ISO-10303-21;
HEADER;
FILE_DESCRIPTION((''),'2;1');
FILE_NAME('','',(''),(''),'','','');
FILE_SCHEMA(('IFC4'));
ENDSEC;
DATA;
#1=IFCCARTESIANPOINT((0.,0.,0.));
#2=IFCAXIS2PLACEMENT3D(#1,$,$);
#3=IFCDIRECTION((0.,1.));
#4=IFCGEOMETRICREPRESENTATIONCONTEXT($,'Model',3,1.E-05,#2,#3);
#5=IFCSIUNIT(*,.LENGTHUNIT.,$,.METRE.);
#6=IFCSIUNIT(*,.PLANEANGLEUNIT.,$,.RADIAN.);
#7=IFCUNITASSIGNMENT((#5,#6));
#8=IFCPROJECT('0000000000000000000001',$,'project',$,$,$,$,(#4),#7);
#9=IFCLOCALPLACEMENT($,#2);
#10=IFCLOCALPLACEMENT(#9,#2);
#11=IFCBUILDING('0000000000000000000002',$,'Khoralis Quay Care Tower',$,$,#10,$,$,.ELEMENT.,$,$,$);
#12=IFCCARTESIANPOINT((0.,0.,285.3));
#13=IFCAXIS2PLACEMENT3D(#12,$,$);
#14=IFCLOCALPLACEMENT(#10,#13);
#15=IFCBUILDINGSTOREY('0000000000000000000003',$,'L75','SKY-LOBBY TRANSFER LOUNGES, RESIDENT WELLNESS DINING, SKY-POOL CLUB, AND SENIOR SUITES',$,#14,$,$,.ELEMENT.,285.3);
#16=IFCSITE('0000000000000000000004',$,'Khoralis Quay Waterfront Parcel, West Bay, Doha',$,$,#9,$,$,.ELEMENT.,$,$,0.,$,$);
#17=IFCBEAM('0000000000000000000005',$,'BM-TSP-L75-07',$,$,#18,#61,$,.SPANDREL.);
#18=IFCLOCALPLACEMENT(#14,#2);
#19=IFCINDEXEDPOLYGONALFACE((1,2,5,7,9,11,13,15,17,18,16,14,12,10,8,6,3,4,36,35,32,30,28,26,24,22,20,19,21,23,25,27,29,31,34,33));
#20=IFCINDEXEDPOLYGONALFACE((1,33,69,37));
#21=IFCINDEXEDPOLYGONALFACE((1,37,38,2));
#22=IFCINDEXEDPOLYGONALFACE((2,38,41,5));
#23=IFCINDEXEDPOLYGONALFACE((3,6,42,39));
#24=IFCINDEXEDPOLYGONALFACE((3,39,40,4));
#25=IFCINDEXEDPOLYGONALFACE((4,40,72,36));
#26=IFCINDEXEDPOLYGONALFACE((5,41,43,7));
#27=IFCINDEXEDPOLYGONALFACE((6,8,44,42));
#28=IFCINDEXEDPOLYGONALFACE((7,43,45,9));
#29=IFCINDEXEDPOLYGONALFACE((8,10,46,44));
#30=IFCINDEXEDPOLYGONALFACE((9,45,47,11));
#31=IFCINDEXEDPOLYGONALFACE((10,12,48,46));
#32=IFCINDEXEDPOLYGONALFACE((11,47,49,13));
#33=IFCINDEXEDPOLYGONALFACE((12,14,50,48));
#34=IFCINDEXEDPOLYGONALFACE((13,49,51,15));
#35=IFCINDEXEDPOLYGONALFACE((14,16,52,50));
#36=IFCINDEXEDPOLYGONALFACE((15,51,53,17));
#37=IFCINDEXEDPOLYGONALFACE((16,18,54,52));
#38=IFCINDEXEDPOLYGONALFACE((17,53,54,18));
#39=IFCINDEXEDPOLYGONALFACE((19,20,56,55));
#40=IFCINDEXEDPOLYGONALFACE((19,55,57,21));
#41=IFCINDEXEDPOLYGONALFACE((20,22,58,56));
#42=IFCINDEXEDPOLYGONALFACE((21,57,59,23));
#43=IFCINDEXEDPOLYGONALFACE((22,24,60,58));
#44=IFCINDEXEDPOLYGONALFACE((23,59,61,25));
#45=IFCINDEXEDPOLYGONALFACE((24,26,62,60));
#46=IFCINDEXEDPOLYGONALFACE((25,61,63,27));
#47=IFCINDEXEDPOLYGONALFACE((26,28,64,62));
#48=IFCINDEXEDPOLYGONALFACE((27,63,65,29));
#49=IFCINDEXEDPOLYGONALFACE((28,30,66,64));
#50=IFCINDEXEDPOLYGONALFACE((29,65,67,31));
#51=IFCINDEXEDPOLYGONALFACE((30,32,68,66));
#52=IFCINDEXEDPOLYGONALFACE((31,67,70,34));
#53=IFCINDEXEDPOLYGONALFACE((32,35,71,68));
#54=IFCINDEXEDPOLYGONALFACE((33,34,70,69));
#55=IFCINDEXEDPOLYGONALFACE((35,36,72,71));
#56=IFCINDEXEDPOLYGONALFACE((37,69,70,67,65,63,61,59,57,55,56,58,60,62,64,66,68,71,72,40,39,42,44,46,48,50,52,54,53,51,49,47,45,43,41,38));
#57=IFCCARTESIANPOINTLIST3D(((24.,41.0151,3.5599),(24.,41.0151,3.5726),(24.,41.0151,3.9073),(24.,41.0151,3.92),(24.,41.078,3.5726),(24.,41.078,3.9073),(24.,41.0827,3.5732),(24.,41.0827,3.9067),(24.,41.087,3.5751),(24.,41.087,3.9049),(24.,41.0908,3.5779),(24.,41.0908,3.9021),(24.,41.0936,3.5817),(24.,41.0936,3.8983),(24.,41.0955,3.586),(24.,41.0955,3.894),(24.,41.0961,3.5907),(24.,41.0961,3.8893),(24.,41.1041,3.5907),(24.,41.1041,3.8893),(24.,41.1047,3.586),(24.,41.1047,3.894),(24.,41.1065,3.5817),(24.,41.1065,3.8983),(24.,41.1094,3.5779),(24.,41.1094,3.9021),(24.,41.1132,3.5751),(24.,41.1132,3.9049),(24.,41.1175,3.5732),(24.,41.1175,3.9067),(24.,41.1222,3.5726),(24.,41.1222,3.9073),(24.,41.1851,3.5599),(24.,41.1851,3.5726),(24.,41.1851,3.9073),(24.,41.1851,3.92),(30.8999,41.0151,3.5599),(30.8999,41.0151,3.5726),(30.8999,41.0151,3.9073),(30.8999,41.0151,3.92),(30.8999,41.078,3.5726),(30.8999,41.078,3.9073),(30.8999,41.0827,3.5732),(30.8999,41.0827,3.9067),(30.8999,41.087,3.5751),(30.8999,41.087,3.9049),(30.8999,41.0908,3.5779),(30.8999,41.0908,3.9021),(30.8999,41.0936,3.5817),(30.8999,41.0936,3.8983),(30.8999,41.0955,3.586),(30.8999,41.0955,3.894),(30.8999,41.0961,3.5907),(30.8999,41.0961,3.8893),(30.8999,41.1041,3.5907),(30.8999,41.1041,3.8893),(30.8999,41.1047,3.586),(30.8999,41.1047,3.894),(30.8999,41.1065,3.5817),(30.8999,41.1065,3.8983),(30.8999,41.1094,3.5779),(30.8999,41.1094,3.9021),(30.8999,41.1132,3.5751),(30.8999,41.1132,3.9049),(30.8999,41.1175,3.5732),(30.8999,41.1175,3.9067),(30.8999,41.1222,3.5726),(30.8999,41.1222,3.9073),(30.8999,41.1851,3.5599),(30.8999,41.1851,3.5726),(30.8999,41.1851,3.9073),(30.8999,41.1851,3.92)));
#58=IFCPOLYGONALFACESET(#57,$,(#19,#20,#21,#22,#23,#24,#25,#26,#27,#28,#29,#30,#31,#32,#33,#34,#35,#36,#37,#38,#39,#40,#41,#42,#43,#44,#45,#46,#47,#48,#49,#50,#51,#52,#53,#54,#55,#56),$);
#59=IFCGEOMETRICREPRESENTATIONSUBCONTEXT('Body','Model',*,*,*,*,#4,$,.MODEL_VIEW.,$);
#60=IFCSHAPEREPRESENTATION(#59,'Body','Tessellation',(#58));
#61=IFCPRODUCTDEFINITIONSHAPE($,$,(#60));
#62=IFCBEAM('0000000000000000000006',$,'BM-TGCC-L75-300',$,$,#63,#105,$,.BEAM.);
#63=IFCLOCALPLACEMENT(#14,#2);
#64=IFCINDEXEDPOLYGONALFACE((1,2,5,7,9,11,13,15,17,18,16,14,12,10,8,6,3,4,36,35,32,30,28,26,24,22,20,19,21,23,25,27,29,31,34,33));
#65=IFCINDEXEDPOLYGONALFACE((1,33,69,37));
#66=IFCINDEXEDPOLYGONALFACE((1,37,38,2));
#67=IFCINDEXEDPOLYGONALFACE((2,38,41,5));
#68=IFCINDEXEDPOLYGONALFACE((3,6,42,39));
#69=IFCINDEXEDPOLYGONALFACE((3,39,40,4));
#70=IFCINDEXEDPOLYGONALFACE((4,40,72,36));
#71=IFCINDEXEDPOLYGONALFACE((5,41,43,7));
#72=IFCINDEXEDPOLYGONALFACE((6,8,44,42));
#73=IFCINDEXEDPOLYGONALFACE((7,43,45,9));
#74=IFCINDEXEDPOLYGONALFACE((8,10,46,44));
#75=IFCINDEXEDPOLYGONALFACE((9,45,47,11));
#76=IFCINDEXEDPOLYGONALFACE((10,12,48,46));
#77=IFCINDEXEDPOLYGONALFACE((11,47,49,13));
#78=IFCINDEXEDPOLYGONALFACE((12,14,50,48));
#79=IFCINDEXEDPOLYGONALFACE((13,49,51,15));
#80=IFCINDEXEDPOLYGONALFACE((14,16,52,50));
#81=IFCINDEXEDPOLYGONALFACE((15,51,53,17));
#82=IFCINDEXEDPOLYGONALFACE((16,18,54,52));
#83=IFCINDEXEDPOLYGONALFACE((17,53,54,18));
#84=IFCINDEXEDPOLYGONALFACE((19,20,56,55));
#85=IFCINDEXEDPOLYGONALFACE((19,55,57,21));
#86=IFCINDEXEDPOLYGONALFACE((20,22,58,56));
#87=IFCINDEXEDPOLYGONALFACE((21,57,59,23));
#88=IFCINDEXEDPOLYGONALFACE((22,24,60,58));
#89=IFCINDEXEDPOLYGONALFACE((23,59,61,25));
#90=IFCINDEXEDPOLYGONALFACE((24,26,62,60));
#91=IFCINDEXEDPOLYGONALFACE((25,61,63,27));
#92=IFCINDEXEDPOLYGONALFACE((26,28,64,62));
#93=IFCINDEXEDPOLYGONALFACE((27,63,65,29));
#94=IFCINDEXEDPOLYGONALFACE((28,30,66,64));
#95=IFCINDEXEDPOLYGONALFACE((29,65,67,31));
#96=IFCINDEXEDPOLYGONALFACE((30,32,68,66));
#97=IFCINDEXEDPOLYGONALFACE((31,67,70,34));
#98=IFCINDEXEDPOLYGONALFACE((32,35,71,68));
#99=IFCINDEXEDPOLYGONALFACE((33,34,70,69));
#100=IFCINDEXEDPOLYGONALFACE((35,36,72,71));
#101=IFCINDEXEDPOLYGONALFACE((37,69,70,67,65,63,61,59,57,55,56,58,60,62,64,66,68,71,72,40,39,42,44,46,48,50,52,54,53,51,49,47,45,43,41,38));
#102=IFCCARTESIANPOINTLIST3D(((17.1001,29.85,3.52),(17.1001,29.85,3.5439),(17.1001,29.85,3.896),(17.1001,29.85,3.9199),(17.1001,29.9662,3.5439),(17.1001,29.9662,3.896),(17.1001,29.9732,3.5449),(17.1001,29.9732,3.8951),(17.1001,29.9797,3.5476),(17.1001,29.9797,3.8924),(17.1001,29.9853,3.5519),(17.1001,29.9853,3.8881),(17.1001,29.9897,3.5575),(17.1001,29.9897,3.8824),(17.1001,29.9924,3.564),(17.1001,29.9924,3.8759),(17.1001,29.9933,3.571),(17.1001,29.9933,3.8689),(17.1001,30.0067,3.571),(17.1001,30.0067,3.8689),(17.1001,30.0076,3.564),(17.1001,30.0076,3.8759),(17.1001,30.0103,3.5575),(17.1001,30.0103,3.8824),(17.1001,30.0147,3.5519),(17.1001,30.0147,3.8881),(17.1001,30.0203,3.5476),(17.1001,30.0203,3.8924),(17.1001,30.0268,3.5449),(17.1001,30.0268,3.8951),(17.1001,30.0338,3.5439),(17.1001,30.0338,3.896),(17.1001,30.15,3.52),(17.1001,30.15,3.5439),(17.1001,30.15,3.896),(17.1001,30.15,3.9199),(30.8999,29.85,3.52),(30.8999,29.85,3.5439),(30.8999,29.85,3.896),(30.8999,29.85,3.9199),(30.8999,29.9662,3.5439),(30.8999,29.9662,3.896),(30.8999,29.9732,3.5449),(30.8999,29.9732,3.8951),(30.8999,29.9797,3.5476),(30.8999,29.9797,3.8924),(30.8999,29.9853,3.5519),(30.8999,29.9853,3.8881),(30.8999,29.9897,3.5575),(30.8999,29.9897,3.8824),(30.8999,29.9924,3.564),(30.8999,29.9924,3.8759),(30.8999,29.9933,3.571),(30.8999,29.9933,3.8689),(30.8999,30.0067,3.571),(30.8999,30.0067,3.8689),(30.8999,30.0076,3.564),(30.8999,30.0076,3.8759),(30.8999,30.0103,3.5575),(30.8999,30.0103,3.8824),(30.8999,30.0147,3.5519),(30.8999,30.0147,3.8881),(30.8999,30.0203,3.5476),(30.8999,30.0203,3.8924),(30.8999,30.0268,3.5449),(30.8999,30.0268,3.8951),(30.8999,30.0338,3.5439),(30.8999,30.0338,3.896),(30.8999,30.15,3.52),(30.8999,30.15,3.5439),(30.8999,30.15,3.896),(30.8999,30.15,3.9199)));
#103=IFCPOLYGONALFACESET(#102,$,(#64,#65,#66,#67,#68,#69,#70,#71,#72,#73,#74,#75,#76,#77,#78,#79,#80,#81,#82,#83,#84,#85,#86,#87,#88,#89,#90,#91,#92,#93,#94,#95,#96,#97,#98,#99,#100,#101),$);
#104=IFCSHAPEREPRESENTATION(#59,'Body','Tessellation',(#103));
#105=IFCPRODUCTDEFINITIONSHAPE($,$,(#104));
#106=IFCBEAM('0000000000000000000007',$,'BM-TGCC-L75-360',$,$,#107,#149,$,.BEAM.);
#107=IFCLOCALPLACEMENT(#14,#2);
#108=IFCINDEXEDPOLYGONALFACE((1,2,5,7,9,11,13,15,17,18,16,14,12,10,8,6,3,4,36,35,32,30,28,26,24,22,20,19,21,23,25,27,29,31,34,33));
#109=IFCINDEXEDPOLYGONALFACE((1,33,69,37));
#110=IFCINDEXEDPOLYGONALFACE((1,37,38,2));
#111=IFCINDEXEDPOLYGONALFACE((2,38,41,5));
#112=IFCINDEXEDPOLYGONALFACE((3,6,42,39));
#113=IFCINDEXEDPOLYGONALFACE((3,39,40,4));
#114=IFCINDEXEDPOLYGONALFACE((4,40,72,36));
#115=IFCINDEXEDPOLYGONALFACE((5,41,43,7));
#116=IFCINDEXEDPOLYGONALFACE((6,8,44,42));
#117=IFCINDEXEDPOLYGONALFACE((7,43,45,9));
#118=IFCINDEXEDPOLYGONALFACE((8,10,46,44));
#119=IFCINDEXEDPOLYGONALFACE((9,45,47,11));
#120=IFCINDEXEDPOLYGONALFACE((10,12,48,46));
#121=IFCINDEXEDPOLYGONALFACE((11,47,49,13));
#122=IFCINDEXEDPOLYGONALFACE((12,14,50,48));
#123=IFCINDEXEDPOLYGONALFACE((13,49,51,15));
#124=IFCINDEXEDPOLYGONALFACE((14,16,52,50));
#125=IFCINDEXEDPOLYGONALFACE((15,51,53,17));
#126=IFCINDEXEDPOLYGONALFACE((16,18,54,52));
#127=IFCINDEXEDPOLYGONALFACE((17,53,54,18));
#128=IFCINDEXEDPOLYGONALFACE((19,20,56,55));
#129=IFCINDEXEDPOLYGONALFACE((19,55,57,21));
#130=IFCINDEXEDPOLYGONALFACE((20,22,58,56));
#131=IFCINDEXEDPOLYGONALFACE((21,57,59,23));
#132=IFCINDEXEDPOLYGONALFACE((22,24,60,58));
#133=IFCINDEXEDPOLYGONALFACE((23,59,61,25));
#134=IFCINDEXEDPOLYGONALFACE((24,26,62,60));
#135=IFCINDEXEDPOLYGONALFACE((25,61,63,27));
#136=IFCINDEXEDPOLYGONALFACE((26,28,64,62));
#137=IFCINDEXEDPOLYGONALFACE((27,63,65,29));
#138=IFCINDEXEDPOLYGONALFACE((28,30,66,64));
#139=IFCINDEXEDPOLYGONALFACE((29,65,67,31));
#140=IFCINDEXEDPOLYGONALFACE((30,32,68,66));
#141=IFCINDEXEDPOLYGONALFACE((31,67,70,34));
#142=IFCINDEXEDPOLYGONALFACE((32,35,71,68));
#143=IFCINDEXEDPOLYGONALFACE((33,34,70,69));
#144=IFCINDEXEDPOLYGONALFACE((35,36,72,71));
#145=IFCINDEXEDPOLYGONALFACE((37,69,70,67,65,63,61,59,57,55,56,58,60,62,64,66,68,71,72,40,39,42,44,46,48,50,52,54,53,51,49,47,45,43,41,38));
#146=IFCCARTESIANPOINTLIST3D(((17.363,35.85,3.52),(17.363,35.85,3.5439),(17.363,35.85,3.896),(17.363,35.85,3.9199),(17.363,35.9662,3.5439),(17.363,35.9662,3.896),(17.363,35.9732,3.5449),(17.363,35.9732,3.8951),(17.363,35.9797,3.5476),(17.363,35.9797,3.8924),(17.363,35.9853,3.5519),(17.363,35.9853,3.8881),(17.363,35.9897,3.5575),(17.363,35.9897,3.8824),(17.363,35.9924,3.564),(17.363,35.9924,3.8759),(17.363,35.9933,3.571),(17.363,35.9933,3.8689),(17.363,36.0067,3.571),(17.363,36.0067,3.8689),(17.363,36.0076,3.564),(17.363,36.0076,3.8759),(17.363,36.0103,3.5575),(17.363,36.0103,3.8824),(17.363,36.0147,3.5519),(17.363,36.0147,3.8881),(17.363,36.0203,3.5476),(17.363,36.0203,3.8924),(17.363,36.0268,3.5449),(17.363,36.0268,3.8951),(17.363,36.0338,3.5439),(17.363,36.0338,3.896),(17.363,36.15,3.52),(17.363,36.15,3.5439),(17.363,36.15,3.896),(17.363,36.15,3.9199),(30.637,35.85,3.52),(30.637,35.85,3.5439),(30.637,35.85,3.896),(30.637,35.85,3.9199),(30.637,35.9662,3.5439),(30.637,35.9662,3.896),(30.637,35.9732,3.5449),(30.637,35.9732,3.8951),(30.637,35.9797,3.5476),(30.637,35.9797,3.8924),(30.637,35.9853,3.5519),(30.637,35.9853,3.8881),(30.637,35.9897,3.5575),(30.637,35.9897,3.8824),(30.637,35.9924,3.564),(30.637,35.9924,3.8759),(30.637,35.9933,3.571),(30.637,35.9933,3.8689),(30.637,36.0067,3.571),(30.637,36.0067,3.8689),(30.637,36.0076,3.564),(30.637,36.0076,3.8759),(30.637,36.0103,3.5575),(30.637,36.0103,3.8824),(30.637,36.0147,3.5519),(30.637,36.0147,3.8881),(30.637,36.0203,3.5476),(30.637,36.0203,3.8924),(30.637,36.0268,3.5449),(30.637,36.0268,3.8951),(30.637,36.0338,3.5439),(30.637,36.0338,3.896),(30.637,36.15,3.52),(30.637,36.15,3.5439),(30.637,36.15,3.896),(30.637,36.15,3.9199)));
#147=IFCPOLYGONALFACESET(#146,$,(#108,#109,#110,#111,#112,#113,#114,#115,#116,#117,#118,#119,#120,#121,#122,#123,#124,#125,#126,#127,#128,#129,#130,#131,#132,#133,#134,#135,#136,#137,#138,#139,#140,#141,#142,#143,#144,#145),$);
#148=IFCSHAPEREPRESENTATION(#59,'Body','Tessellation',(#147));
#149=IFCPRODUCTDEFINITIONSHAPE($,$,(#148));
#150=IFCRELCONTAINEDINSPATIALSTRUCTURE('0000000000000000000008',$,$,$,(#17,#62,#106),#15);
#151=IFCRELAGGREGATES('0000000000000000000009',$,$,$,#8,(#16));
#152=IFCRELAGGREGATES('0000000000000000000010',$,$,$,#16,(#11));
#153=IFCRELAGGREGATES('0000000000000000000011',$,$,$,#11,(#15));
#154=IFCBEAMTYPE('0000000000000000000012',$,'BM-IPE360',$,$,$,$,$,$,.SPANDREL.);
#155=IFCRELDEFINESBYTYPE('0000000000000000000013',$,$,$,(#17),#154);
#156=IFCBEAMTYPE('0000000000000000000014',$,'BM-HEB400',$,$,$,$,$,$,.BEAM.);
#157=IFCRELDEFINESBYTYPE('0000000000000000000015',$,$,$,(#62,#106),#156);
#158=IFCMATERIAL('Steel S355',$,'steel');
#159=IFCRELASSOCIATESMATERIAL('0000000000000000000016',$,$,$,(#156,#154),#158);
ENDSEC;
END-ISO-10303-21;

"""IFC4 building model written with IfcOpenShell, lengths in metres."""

from ifc_helpers import new_model, si_unit, direction, frame, origin, origin_2d, place, context, subcontext, project, spatial, i_section, extrude, source, transform, mapped, material, material_profile, profile_set, type_object, element, save


model = new_model("IFC4")

# Units and contexts
model_context = context("Model", 3, precision=1e-05, world=origin(), true_north=direction((0.0, 1.0)))
body_context = subcontext(model_context, "Body", "Model", "MODEL_VIEW")
ifc_project = project(units=[si_unit("LENGTHUNIT", "METRE"), si_unit("PLANEANGLEUNIT", "RADIAN")], contexts=[model_context])

# Site, building, storey
site_placement = place(None, origin())
site = spatial("IfcSite", under=ifc_project, at=site_placement, Name="Khoralis Quay Waterfront Parcel, West Bay, Doha", CompositionType="ELEMENT", RefElevation=0.0)
building_placement = place(site_placement, origin())
building = spatial("IfcBuilding", under=site, at=building_placement, Name="Khoralis Quay Care Tower", CompositionType="ELEMENT")
storey_placement = place(building_placement, frame((0.0, 0.0, 285.3)))
storey = spatial("IfcBuildingStorey", under=building, at=storey_placement, Name="L75", Description="SKY-LOBBY TRANSFER LOUNGES, RESIDENT WELLNESS DINING, SKY-POOL CLUB, AND SENIOR SUITES", CompositionType="ELEMENT", Elevation=285.3)

# Beams
ifc_material_1 = material(Name="Steel S355", Category="steel")
ifc_material_profile_1 = material_profile(ifc_material_1, i_section(OverallWidth=0.3, OverallDepth=0.3999, WebThickness=0.0134, FlangeThickness=0.0239, FilletRadius=0.0271, at=origin_2d()), Name="Steel S355")
ifc_profile_set_1 = profile_set([ifc_material_profile_1], Name="Steel S355")
beam_type_1 = type_object("IfcBeamType", Name="BM-HEB400", PredefinedType="BEAM", material=ifc_profile_set_1)
ifc_material_profile_2 = material_profile(ifc_material_1, i_section(OverallWidth=0.1699, OverallDepth=0.3601, WebThickness=0.0081, FlangeThickness=0.0127, FilletRadius=0.0181, at=origin_2d()), Name="Steel S355")
ifc_profile_set_2 = profile_set([ifc_material_profile_2], Name="Steel S355")
beam_type_2 = type_object("IfcBeamType", Name="BM-IPE360", PredefinedType="SPANDREL", material=ifc_profile_set_2)
shared_shape_1 = source(origin(), body_context, "Body", "SweptSolid", [
    extrude(i_section(OverallWidth=0.1699, OverallDepth=0.3601, WebThickness=0.0081, FlangeThickness=0.0127, FilletRadius=0.0181, at=origin_2d()), origin(), (0.0, 0.0, 1.0), 6.8999),
])
for number, where, z_axis, x_axis, name in (
    (1, (24.0, 41.1001, 3.74), (1.0, 0.0, 0.0), (0.0, 1.0, 0.0), "BM-TSP-L75-07"),
):
    element("IfcBeam", number, at=place(storey_placement, frame(where, z_axis=z_axis, x_axis=x_axis)), inside=storey, type_object=beam_type_2, Name=name, PredefinedType="SPANDREL", context=body_context, shape_type="MappedRepresentation", body=[
        mapped(shared_shape_1, transform((0.0, 0.0, 0.0), scale=1.0)),
    ])
shared_shape_2 = source(origin(), body_context, "Body", "SweptSolid", [
    extrude(i_section(OverallWidth=0.3, OverallDepth=0.3999, WebThickness=0.0134, FlangeThickness=0.0239, FilletRadius=0.0271, at=origin_2d()), origin(), (0.0, 0.0, 1.0), 13.7998),
])
beam_1_placement = place(storey_placement, frame((17.1001, 30.0, 3.72), z_axis=(1.0, 0.0, 0.0), x_axis=(0.0, 1.0, 0.0)))
element("IfcBeam", 2, at=beam_1_placement, inside=storey, type_object=beam_type_1, Name="BM-TGCC-L75-300", PredefinedType="BEAM", context=body_context, shape_type="MappedRepresentation", body=[
    mapped(shared_shape_2, transform((0.0, 0.0, 0.0), scale=1.0)),
])
shared_shape_3 = source(origin(), body_context, "Body", "SweptSolid", [
    extrude(i_section(OverallWidth=0.3, OverallDepth=0.3999, WebThickness=0.0134, FlangeThickness=0.0239, FilletRadius=0.0271, at=origin_2d()), origin(), (0.0, 0.0, 1.0), 13.2739),
])
beam_2_placement = place(storey_placement, frame((17.363, 36.0, 3.72), z_axis=(1.0, 0.0, 0.0), x_axis=(0.0, 1.0, 0.0)))
element("IfcBeam", 3, at=beam_2_placement, inside=storey, type_object=beam_type_1, Name="BM-TGCC-L75-360", PredefinedType="BEAM", context=body_context, shape_type="MappedRepresentation", body=[
    mapped(shared_shape_3, transform((0.0, 0.0, 0.0), scale=1.0)),
])

save(model, "model.ifc")
